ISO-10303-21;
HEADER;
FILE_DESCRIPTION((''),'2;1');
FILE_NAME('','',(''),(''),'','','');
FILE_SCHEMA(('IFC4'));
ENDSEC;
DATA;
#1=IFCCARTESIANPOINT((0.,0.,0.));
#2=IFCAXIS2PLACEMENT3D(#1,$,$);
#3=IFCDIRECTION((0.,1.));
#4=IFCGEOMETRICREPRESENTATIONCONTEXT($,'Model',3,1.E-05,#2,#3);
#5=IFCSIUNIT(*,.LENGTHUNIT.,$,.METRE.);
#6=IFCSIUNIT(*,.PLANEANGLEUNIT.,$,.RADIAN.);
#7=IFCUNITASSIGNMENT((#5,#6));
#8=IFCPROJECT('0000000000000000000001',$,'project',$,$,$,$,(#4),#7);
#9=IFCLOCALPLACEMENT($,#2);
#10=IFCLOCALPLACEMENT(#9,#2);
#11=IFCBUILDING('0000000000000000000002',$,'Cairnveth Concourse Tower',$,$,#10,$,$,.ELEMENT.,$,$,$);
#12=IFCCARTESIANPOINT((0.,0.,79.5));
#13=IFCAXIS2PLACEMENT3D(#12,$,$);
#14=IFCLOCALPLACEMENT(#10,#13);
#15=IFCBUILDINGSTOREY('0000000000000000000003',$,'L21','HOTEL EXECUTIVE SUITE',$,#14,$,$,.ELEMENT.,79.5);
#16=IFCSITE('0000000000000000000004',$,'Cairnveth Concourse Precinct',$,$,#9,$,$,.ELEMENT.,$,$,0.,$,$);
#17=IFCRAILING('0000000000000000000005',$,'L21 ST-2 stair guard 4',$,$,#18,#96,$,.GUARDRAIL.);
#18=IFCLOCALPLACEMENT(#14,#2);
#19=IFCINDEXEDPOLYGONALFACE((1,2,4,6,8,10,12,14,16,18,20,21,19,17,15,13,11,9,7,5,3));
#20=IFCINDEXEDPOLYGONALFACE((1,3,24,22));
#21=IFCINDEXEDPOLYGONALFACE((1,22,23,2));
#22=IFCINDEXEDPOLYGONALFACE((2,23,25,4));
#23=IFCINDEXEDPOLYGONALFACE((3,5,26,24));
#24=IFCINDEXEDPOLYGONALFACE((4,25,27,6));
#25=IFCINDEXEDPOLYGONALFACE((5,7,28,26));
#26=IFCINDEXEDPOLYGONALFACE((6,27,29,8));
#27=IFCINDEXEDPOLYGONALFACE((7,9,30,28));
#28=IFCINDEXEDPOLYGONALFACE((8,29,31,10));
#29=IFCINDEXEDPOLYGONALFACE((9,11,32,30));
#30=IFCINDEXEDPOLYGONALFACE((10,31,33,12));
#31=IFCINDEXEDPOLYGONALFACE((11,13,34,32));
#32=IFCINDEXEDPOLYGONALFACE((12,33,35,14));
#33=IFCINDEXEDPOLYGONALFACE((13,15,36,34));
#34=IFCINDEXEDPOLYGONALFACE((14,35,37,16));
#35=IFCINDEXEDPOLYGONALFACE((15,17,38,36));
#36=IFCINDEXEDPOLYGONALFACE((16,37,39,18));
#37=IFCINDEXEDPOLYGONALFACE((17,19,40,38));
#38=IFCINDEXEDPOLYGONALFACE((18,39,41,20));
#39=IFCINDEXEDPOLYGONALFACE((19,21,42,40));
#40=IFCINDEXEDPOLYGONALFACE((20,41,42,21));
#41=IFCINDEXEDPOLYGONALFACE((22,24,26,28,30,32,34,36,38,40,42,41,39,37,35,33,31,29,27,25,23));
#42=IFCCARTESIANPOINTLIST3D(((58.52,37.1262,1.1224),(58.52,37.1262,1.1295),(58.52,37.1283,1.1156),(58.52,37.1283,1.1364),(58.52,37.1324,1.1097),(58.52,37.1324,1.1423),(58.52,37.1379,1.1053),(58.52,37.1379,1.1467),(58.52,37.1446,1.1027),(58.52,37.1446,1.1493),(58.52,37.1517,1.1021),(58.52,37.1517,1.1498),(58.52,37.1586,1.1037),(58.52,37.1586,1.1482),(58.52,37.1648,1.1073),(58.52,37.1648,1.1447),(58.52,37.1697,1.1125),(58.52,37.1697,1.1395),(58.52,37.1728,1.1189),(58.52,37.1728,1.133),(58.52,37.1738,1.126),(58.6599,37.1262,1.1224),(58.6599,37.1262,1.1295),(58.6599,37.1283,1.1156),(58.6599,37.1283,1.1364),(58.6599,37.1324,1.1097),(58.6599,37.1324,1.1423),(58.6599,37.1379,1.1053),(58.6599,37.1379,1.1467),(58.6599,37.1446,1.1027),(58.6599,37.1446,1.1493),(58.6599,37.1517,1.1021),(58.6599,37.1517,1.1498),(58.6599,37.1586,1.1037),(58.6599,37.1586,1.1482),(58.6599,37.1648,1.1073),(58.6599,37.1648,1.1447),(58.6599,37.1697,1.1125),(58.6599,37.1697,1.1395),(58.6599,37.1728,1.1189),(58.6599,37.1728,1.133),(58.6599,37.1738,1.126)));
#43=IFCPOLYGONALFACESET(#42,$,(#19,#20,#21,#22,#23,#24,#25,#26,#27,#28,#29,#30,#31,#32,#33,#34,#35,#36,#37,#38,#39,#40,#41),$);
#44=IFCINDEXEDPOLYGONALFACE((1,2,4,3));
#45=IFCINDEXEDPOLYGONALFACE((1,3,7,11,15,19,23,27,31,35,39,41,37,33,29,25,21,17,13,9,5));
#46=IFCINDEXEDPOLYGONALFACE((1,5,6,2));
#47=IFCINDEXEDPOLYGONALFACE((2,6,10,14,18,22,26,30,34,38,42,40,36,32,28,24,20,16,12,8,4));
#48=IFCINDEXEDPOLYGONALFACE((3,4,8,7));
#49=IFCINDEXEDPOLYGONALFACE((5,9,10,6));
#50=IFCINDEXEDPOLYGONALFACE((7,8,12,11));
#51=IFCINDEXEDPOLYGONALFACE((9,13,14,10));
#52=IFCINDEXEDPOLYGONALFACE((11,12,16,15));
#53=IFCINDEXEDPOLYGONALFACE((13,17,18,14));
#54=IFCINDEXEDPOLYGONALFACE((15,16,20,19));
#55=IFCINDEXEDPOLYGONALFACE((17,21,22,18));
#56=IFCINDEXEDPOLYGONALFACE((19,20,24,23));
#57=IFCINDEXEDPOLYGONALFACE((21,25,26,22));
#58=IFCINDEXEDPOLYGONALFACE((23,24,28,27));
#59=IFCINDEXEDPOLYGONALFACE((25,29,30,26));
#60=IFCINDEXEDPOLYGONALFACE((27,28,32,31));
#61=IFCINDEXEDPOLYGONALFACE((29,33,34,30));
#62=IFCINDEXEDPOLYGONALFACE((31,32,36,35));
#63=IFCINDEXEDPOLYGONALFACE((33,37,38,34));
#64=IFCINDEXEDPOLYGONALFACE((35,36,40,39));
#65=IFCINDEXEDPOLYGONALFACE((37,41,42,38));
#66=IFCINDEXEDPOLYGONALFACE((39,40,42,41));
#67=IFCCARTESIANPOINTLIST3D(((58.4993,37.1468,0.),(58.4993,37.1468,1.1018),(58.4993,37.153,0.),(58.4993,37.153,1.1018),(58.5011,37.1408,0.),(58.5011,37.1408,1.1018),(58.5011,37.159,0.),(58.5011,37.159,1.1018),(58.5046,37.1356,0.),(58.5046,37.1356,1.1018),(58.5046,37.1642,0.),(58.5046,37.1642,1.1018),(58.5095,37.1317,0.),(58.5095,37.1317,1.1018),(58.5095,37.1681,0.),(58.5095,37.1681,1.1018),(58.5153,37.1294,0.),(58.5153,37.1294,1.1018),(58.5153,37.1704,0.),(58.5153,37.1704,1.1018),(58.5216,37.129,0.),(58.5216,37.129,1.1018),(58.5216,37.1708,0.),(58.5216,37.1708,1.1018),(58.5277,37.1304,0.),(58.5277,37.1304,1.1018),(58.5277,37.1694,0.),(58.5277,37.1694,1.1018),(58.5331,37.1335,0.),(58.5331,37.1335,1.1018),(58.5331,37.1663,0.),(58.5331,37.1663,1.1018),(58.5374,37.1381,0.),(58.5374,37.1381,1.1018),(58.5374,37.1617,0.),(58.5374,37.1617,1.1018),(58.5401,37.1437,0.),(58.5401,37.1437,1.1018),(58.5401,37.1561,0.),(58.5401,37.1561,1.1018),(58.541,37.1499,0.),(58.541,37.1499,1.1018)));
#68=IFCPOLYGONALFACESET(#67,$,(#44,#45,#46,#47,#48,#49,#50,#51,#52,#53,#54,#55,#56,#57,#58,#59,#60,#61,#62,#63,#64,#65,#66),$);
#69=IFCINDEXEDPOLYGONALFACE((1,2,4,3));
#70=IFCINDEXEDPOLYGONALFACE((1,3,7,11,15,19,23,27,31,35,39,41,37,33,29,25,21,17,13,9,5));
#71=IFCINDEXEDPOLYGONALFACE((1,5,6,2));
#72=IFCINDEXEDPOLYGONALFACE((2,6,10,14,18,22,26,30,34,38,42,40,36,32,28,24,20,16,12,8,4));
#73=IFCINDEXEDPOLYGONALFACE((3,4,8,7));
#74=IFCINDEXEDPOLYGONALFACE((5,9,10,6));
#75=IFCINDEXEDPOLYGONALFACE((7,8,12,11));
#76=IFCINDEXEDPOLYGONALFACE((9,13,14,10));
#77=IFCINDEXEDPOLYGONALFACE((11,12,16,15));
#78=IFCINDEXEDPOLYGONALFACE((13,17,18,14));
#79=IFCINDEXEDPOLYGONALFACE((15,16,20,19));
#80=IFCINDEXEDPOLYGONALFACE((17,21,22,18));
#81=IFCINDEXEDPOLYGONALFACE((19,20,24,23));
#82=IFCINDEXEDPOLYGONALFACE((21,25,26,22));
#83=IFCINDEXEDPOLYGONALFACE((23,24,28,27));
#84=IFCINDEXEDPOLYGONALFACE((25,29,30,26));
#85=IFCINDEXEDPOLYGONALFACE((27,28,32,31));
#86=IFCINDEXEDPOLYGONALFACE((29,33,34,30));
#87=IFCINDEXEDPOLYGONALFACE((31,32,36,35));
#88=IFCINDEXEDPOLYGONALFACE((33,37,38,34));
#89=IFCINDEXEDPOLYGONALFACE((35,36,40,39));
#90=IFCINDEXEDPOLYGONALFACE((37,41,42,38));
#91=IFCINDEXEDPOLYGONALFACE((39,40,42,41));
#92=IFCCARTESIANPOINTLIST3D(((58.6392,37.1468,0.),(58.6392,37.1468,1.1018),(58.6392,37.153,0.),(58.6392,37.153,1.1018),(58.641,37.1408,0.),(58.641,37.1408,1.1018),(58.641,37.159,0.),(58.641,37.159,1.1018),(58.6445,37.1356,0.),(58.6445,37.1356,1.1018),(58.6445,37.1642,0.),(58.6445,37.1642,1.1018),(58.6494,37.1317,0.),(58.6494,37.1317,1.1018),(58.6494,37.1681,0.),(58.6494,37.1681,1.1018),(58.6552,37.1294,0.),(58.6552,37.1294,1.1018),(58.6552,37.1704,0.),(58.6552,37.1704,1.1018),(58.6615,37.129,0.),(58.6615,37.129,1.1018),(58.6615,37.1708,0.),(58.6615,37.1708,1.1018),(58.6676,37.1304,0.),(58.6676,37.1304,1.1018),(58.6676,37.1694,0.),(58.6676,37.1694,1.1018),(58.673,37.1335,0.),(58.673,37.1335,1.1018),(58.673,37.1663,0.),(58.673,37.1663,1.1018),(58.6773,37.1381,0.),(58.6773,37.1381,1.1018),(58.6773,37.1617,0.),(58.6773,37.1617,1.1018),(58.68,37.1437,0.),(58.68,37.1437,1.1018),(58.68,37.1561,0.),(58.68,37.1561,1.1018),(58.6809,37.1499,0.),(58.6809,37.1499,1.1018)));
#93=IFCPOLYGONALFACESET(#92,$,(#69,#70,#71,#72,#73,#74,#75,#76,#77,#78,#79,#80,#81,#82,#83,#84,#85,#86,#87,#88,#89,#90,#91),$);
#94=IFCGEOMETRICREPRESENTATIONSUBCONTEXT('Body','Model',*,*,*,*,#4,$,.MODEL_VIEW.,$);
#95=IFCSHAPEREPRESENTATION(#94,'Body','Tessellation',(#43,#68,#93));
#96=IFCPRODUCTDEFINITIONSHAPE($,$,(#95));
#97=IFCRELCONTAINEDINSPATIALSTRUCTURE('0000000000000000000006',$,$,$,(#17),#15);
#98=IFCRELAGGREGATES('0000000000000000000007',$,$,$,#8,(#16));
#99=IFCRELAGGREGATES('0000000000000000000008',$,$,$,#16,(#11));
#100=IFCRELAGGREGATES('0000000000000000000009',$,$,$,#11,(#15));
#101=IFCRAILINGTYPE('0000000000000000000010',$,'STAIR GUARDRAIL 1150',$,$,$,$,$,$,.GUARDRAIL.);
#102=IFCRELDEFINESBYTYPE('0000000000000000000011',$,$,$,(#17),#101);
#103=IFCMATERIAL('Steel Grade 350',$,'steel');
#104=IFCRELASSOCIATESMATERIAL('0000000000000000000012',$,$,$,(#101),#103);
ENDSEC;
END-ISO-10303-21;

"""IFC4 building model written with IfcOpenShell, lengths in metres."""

from ifc_helpers import new_model, si_unit, direction, frame, origin, origin_2d, place, context, subcontext, project, spatial, circle, extrude, material, type_object, element, save


model = new_model("IFC4")

# Units and contexts
model_context = context("Model", 3, precision=1e-05, world=origin(), true_north=direction((0.0, 1.0)))
body_context = subcontext(model_context, "Body", "Model", "MODEL_VIEW")
ifc_project = project(units=[si_unit("LENGTHUNIT", "METRE"), si_unit("PLANEANGLEUNIT", "RADIAN")], contexts=[model_context])

# Site, building, storey
site_placement = place(None, origin())
site = spatial("IfcSite", under=ifc_project, at=site_placement, Name="Cairnveth Concourse Precinct", CompositionType="ELEMENT", RefElevation=0.0)
building_placement = place(site_placement, origin())
building = spatial("IfcBuilding", under=site, at=building_placement, Name="Cairnveth Concourse Tower", CompositionType="ELEMENT")
storey_placement = place(building_placement, frame((0.0, 0.0, 79.5)))
storey = spatial("IfcBuildingStorey", under=building, at=storey_placement, Name="L21", Description="HOTEL EXECUTIVE SUITE", CompositionType="ELEMENT", Elevation=79.5)

# Shared definitions
ifc_material_1 = material(Name="Steel Grade 350", Category="steel")

# Railing
railing_type_1 = type_object("IfcRailingType", Name="STAIR GUARDRAIL 1150", PredefinedType="GUARDRAIL", material=ifc_material_1)
railing_1_placement = place(storey_placement, frame((58.52, 37.1499, 0.0)))
element("IfcRailing", 1, at=railing_1_placement, inside=storey, type_object=railing_type_1, Name="L21 ST-2 stair guard 4", PredefinedType="GUARDRAIL", context=body_context, shape_type="SweptSolid", body=[
    extrude(circle(Radius=0.0239, at=origin_2d()), frame((0.0, 0.0, 1.126), z_axis=(1.0, 0.0, 0.0), x_axis=(0.0, 1.0, 0.0)), (0.0, 0.0, 1.0), 0.1399),
    extrude(circle(Radius=0.021, at=origin_2d()), origin(), (0.0, 0.0, 1.0), 1.1018),
    extrude(circle(Radius=0.021, at=origin_2d()), frame((0.1399, 0.0, 0.0)), (0.0, 0.0, 1.0), 1.1018),
])

save(model, "model.ifc")
